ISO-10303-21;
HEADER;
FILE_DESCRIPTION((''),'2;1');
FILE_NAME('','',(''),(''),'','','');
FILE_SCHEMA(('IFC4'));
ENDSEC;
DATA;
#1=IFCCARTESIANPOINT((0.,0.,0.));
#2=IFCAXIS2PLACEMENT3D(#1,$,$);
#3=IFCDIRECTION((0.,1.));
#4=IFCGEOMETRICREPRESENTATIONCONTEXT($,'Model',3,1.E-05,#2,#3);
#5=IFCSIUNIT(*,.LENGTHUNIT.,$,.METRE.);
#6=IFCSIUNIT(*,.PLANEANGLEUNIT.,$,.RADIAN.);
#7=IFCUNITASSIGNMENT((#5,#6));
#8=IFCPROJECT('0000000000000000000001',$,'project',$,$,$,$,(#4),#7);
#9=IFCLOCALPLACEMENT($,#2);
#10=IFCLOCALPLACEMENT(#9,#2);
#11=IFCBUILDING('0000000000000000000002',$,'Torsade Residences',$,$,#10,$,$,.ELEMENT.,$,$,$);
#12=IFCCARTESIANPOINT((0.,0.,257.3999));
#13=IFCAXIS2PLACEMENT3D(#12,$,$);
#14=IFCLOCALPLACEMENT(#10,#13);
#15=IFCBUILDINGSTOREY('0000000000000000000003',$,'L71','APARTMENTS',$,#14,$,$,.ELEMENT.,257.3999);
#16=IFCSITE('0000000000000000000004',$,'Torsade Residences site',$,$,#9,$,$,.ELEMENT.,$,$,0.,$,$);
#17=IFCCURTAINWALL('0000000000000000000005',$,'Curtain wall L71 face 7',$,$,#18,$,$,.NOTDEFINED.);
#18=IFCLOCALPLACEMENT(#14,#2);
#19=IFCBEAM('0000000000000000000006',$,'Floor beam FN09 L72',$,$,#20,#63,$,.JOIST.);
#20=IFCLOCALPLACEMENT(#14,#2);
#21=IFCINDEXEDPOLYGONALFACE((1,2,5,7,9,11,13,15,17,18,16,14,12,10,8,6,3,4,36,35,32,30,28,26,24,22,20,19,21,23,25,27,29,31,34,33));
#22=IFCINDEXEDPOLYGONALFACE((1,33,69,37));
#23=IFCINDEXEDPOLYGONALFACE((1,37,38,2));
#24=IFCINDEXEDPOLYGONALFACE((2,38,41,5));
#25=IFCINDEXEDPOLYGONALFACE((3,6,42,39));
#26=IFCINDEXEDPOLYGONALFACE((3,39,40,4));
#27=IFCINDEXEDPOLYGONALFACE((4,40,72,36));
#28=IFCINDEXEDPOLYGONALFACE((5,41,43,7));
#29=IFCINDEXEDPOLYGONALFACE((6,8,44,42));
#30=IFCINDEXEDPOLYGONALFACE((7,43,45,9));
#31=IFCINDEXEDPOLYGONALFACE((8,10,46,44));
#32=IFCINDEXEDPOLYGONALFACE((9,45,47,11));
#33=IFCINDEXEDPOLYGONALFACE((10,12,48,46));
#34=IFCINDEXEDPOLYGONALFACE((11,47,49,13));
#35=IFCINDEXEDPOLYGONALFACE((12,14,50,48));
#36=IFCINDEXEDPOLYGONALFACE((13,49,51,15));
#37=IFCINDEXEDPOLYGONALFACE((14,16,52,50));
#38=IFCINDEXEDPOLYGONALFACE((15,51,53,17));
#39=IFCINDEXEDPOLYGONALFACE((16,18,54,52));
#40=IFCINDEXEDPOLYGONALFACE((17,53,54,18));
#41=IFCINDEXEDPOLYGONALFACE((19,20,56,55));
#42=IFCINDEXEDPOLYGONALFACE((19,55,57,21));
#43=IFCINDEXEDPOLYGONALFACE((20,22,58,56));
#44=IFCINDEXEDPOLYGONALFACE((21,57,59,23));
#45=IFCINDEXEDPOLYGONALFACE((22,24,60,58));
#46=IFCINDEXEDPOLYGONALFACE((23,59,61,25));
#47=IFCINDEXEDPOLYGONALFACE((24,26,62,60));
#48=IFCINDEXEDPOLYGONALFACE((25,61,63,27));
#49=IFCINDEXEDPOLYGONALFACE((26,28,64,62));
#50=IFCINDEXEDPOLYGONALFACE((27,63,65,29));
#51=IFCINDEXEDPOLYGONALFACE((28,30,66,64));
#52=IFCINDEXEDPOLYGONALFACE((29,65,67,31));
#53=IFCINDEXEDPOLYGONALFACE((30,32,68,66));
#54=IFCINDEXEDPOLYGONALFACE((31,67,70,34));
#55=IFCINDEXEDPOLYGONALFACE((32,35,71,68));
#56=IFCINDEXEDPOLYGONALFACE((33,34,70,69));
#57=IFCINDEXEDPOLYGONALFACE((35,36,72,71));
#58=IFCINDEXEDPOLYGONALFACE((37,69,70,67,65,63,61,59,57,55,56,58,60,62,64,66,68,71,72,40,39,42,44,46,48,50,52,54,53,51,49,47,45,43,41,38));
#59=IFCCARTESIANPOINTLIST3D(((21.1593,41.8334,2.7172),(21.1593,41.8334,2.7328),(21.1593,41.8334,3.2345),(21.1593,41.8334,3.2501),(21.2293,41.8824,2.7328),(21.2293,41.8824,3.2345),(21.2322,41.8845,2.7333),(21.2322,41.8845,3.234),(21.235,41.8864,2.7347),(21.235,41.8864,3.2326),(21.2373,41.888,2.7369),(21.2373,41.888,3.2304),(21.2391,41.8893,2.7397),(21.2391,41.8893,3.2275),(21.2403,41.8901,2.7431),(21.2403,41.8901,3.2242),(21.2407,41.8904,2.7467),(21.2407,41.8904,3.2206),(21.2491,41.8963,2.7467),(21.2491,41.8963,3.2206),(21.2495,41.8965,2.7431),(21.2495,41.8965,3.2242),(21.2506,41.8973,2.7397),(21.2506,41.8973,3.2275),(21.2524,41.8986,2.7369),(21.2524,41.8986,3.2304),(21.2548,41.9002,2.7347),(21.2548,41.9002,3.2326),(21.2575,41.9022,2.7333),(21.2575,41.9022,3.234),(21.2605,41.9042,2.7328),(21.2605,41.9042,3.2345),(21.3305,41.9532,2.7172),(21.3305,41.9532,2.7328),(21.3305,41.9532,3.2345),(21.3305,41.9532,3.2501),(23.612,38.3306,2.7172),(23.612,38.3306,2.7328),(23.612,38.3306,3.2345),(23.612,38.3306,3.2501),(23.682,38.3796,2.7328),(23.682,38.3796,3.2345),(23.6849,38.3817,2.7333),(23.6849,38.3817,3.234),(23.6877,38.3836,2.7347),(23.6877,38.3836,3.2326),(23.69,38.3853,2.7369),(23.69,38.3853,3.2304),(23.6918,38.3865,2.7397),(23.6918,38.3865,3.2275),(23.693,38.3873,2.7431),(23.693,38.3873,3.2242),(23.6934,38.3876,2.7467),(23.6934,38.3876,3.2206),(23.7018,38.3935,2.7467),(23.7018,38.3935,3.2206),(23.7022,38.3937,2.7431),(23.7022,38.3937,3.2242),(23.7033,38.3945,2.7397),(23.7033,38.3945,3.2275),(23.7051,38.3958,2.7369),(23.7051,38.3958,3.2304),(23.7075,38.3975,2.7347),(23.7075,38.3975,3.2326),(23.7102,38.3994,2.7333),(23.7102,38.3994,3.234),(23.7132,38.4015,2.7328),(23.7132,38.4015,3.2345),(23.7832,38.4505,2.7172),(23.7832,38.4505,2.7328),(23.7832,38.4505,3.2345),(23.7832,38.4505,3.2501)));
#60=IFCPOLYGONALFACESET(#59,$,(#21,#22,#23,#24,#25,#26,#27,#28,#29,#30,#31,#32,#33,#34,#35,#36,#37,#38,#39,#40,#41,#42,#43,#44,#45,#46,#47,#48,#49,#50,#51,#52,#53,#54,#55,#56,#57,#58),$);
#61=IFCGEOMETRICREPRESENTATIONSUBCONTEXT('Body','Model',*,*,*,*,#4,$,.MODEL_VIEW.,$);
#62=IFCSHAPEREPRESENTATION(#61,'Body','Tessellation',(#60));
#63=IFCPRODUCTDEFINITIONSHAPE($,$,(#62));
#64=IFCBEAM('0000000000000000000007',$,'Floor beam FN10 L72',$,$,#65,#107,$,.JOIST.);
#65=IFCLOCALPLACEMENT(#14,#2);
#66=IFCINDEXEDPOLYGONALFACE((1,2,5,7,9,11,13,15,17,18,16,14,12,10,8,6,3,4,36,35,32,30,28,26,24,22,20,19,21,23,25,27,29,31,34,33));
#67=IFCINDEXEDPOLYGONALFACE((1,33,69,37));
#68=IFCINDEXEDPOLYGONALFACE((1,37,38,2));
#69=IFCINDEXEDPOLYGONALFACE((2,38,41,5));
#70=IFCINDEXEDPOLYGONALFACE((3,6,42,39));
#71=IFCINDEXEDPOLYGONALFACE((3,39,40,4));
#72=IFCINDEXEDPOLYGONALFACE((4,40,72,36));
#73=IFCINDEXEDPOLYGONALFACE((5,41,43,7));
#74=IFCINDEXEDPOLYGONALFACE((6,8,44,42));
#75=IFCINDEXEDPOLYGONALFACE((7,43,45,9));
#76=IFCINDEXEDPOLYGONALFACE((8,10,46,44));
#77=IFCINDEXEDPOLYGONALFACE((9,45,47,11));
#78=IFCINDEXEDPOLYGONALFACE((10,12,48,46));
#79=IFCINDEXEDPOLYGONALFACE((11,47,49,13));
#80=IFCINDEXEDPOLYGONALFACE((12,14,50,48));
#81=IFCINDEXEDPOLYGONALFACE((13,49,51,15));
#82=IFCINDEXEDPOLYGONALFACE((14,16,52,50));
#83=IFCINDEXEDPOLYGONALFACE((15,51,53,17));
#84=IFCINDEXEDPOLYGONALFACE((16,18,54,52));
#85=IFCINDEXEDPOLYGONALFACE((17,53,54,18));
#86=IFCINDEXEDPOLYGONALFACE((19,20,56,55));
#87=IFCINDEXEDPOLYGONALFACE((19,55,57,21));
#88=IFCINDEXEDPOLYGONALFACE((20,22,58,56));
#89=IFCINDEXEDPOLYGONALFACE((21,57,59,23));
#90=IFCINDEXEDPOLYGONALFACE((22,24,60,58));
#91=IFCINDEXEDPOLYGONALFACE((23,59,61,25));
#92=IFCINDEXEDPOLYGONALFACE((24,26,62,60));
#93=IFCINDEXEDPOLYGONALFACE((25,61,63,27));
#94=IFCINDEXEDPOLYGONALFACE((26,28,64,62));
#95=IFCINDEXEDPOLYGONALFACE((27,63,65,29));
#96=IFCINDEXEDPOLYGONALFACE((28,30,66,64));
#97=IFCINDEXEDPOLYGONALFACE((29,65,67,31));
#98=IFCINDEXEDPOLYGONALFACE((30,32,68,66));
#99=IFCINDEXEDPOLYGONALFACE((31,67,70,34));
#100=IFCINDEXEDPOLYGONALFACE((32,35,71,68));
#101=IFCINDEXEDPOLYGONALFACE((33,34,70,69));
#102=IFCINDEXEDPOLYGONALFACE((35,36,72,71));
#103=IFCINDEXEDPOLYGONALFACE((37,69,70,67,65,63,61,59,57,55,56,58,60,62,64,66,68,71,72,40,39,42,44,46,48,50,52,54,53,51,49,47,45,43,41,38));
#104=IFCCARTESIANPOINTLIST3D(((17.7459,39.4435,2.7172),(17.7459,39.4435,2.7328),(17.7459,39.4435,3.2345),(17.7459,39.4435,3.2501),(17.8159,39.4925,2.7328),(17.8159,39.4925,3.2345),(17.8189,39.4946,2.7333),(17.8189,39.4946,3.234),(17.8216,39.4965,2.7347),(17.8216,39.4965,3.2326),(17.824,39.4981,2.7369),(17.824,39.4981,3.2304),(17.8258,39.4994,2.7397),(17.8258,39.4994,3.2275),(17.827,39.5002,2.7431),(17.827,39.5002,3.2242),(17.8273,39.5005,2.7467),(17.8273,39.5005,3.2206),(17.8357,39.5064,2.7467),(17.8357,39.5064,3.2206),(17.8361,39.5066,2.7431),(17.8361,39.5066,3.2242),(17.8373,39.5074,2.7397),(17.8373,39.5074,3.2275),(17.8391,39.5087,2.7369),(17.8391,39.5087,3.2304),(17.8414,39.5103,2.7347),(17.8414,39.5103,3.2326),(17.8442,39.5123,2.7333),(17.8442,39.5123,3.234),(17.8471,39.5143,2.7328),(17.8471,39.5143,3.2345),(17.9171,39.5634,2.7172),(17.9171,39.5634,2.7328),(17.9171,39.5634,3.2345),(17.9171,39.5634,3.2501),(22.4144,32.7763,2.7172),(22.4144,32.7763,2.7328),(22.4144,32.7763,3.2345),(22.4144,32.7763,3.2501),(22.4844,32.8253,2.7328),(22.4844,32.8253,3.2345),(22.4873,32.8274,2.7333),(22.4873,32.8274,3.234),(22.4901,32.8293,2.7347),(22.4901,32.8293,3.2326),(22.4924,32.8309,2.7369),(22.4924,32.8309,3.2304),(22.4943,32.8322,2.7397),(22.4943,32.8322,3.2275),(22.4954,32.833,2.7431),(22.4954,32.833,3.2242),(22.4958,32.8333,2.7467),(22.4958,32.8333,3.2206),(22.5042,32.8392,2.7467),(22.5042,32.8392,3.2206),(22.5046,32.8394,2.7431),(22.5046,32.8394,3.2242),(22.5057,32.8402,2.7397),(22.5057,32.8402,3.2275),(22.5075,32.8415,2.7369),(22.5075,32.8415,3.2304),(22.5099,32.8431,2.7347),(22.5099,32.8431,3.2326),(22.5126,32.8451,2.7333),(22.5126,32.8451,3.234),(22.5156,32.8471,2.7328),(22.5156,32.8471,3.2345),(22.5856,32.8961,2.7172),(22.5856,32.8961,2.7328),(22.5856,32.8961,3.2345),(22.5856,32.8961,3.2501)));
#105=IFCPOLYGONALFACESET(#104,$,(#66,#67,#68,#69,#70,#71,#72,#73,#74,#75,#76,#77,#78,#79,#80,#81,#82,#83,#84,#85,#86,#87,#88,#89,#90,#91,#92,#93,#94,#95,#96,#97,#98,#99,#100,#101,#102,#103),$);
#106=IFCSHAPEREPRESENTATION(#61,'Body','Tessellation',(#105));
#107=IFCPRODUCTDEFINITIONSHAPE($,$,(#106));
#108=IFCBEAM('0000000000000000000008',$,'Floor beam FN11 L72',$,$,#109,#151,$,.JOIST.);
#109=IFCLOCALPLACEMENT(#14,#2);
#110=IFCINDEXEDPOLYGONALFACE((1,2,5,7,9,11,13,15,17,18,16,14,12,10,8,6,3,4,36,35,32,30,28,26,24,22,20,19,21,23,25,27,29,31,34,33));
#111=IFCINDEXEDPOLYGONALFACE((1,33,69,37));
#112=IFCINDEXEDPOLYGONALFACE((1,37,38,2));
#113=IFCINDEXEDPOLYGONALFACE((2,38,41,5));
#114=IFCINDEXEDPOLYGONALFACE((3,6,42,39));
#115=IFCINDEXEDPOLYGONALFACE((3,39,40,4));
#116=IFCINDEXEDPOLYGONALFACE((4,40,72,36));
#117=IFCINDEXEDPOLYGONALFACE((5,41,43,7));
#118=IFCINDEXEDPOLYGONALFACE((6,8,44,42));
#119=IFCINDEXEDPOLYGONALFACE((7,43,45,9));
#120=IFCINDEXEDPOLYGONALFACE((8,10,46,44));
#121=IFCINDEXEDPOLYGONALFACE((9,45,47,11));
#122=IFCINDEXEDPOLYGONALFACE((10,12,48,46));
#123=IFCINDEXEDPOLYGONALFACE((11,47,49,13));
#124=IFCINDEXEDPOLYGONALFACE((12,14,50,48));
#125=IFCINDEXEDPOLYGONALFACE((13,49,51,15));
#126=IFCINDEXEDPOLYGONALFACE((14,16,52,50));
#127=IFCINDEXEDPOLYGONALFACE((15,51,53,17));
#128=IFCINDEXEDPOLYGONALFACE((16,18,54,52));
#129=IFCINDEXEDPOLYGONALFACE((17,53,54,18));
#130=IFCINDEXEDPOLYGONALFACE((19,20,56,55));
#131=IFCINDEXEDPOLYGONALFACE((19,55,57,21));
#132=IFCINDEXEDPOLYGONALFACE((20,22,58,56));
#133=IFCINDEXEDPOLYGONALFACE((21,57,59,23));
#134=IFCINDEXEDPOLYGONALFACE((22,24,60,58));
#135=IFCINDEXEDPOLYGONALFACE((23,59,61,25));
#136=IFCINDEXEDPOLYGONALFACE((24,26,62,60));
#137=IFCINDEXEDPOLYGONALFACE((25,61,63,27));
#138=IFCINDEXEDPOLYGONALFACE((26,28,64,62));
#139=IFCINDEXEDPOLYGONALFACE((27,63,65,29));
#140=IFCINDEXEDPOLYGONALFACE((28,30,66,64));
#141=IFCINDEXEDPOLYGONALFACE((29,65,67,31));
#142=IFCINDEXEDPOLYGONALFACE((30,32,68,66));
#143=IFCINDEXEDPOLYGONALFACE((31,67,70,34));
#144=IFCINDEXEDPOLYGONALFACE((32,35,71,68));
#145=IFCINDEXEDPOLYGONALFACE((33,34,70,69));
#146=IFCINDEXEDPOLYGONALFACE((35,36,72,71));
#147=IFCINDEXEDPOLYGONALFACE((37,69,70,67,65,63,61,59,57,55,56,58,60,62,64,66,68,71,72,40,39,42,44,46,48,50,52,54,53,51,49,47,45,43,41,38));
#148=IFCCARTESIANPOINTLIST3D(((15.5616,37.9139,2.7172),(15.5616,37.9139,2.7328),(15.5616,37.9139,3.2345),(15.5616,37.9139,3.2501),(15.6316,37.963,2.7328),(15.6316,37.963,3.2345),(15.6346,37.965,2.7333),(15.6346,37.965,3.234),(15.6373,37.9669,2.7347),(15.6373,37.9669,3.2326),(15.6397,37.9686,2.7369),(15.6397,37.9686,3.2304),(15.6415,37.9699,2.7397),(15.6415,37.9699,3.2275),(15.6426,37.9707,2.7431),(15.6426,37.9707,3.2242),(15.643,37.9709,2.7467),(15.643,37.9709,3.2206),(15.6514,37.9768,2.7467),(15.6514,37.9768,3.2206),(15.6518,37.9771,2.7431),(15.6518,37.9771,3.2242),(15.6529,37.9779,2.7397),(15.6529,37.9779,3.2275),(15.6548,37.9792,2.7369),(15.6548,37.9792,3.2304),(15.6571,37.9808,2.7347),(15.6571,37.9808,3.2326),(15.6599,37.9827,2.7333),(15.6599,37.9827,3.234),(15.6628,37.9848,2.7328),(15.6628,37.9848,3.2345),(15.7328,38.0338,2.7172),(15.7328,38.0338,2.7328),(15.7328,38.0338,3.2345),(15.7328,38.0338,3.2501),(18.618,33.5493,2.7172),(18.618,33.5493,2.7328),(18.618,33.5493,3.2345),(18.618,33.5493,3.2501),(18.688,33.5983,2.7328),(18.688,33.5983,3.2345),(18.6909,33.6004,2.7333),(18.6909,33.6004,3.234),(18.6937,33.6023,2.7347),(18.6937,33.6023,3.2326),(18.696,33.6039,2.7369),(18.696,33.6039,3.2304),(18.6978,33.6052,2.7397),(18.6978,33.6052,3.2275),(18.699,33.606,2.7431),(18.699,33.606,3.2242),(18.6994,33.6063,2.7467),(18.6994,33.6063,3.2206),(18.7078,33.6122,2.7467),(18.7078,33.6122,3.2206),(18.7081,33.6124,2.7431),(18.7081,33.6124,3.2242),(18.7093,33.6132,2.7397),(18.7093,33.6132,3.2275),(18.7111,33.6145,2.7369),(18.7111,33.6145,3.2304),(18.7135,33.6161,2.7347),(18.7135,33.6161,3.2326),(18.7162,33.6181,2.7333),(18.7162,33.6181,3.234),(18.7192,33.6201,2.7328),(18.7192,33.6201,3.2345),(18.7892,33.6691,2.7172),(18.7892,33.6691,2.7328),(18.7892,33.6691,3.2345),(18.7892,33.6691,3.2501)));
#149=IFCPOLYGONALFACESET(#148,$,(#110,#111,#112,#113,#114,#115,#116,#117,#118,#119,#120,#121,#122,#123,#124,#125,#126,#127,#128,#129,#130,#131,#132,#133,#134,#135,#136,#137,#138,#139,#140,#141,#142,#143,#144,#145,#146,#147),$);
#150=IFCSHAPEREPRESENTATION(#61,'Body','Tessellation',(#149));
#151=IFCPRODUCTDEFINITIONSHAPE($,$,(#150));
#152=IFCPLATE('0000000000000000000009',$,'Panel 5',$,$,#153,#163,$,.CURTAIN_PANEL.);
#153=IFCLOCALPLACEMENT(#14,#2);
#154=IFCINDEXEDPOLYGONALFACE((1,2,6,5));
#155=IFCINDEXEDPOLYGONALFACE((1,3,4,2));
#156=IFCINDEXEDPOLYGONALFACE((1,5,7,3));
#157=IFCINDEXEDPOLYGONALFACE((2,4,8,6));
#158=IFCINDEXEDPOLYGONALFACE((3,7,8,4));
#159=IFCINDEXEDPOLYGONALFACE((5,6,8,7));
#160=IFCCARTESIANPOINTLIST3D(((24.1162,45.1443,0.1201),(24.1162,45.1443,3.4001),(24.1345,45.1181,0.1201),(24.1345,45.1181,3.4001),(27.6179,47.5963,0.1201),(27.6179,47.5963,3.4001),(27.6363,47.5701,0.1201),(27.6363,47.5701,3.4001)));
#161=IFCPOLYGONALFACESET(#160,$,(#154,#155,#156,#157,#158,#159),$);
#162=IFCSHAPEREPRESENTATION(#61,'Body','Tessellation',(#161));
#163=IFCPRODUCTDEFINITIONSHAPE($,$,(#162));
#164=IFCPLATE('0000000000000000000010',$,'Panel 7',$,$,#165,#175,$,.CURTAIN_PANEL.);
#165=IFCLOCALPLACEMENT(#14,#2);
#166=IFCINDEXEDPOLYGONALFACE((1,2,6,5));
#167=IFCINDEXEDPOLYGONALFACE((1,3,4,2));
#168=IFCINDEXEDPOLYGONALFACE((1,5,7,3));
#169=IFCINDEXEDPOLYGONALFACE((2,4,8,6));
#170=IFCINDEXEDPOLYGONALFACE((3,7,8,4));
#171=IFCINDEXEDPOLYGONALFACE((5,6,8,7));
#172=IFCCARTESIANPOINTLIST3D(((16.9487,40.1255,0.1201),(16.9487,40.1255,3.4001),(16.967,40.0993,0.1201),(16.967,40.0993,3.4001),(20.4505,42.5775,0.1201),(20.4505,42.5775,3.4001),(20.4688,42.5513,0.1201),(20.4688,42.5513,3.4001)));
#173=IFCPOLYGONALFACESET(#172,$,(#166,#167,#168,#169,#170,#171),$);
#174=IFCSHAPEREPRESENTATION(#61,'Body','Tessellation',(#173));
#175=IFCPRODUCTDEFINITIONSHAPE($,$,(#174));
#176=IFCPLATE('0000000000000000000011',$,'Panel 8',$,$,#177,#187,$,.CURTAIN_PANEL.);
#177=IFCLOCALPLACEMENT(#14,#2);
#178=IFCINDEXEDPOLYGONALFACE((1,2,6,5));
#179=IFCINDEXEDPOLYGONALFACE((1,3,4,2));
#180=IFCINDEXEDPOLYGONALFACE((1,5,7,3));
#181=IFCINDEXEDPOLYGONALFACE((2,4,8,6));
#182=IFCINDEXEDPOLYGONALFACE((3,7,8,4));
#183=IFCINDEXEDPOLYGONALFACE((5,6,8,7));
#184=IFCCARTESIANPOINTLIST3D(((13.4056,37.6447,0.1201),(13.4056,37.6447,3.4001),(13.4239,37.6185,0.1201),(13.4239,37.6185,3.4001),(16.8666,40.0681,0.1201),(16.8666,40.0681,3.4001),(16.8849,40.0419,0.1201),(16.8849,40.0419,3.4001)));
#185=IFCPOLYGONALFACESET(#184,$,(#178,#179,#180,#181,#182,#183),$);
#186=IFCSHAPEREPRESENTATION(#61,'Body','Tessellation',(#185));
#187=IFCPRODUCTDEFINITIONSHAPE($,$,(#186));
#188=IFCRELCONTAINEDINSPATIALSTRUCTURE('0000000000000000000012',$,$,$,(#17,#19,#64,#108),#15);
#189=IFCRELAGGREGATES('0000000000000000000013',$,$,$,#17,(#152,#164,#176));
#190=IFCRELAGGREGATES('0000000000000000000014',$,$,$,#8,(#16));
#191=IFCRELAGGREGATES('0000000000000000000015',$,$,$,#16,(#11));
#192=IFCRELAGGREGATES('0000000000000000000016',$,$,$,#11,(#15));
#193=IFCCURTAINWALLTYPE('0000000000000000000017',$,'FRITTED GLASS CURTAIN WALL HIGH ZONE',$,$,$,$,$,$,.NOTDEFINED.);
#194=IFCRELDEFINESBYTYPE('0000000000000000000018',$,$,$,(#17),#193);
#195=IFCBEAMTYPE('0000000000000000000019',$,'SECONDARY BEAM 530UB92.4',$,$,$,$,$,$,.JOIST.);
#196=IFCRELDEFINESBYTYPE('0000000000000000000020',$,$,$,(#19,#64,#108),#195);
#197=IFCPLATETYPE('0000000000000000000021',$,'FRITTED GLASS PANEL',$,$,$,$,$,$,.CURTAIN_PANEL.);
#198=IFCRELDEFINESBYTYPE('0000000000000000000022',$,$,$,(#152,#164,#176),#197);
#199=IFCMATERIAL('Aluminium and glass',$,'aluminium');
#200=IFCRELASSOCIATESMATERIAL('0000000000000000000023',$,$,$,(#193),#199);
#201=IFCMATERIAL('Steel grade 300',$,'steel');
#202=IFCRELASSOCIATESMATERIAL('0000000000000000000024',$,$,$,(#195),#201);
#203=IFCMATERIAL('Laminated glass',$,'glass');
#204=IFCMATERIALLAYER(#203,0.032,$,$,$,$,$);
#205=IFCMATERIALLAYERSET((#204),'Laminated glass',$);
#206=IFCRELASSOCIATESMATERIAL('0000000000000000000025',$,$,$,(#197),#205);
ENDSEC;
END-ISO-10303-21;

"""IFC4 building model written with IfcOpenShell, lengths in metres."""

from ifc_helpers import new_model, si_unit, direction, frame, origin, origin_2d, place, context, subcontext, project, spatial, rectangle, i_section, extrude, material, layer, layer_set, material_profile, profile_set, type_object, element, aggregate, save


model = new_model("IFC4")

# Units and contexts
model_context = context("Model", 3, precision=1e-05, world=origin(), true_north=direction((0.0, 1.0)))
body_context = subcontext(model_context, "Body", "Model", "MODEL_VIEW")
ifc_project = project(units=[si_unit("LENGTHUNIT", "METRE"), si_unit("PLANEANGLEUNIT", "RADIAN")], contexts=[model_context])

# Site, building, storey
site_placement = place(None, origin())
site = spatial("IfcSite", under=ifc_project, at=site_placement, Name="Torsade Residences site", CompositionType="ELEMENT", RefElevation=0.0)
building_placement = place(site_placement, origin())
building = spatial("IfcBuilding", under=site, at=building_placement, Name="Torsade Residences", CompositionType="ELEMENT")
storey_placement = place(building_placement, frame((0.0, 0.0, 257.3999)))
storey = spatial("IfcBuildingStorey", under=building, at=storey_placement, Name="L71", Description="APARTMENTS", CompositionType="ELEMENT", Elevation=257.3999)

# Curtain wall
ifc_material_1 = material(Name="Aluminium and glass", Category="aluminium")
curtain_wall_type = type_object("IfcCurtainWallType", Name="FRITTED GLASS CURTAIN WALL HIGH ZONE", PredefinedType="NOTDEFINED", material=ifc_material_1)
curtain_wall_placement = place(storey_placement, origin())
curtain_wall = element("IfcCurtainWall", 1, at=curtain_wall_placement, inside=storey, type_object=curtain_wall_type, Name="Curtain wall L71 face 7", PredefinedType="NOTDEFINED")

# Beams
ifc_material_2 = material(Name="Steel grade 300", Category="steel")
ifc_material_profile_1 = material_profile(ifc_material_2, i_section(OverallWidth=0.209, OverallDepth=0.533, WebThickness=0.0103, FlangeThickness=0.0156, FilletRadius=0.0139, at=origin_2d()), Name="530UB92.4")
ifc_profile_set_1 = profile_set([ifc_material_profile_1], Name="Steel grade 300")
beam_type_1 = type_object("IfcBeamType", Name="SECONDARY BEAM 530UB92.4", PredefinedType="JOIST", material=ifc_profile_set_1)
beam_1_placement = place(storey_placement, frame((21.2449, 41.8933, 2.9836), z_axis=(0.573581, -0.819149, 0.0), x_axis=(0.819149, 0.573581, 0.0)))
element("IfcBeam", 2, at=beam_1_placement, inside=storey, type_object=beam_type_1, Name="Floor beam FN09 L72", PredefinedType="JOIST", context=body_context, shape_type="SweptSolid", body=[
    extrude(i_section(OverallWidth=0.209, OverallDepth=0.533, WebThickness=0.0103, FlangeThickness=0.0156, FilletRadius=0.0139, at=origin_2d()), origin(), (0.0, 0.0, 1.0), 4.2761),
])
beam_2_placement = place(storey_placement, frame((17.8315, 39.5034, 2.9836), z_axis=(0.573577, -0.819152, 0.0), x_axis=(0.819152, 0.573577, 0.0)))
element("IfcBeam", 3, at=beam_2_placement, inside=storey, type_object=beam_type_1, Name="Floor beam FN10 L72", PredefinedType="JOIST", context=body_context, shape_type="SweptSolid", body=[
    extrude(i_section(OverallWidth=0.209, OverallDepth=0.533, WebThickness=0.0103, FlangeThickness=0.0156, FilletRadius=0.0139, at=origin_2d()), origin(), (0.0, 0.0, 1.0), 8.1392),
])
beam_3_placement = place(storey_placement, frame((15.6472, 37.9739, 2.9836), z_axis=(0.573598, -0.819137, 0.0), x_axis=(0.819137, 0.573598, 0.0)))
element("IfcBeam", 4, at=beam_3_placement, inside=storey, type_object=beam_type_1, Name="Floor beam FN11 L72", PredefinedType="JOIST", context=body_context, shape_type="SweptSolid", body=[
    extrude(i_section(OverallWidth=0.209, OverallDepth=0.533, WebThickness=0.0103, FlangeThickness=0.0156, FilletRadius=0.0139, at=origin_2d()), origin(), (0.0, 0.0, 1.0), 5.3284),
])

# Plates
ifc_material_3 = material(Name="Laminated glass", Category="glass")
ifc_layer_1 = layer(ifc_material_3, 0.032)
ifc_layer_set_1 = layer_set([ifc_layer_1], Name="Laminated glass")
plate_type_1 = type_object("IfcPlateType", Name="FRITTED GLASS PANEL", PredefinedType="CURTAIN_PANEL", material=ifc_layer_set_1)
plate_1_placement = place(storey_placement, frame((25.8762, 46.3572, 0.1201), z_axis=(0.0, 0.0, 1.0), x_axis=(-0.819152, -0.573576, 0.0)))
plate_1 = element("IfcPlate", 5, at=plate_1_placement, type_object=plate_type_1, Name="Panel 5", PredefinedType="CURTAIN_PANEL", context=body_context, shape_type="SweptSolid", body=[
    extrude(rectangle(XDim=4.2749, YDim=0.032, at=origin_2d()), origin(), (0.0, 0.0, 1.0), 3.28),
])
plate_2_placement = place(storey_placement, frame((18.7087, 41.3384, 0.1201), z_axis=(0.0, 0.0, 1.0), x_axis=(-0.819152, -0.573576, 0.0)))
plate_2 = element("IfcPlate", 6, at=plate_2_placement, type_object=plate_type_1, Name="Panel 7", PredefinedType="CURTAIN_PANEL", context=body_context, shape_type="SweptSolid", body=[
    extrude(rectangle(XDim=4.2749, YDim=0.032, at=origin_2d()), origin(), (0.0, 0.0, 1.0), 3.28),
])
plate_3_placement = place(storey_placement, frame((15.1453, 38.8433, 0.1201), z_axis=(0.0, 0.0, 1.0), x_axis=(-0.819152, -0.573576, 0.0)))
plate_3 = element("IfcPlate", 7, at=plate_3_placement, type_object=plate_type_1, Name="Panel 8", PredefinedType="CURTAIN_PANEL", context=body_context, shape_type="SweptSolid", body=[
    extrude(rectangle(XDim=4.2251, YDim=0.032, at=origin_2d()), origin(), (0.0, 0.0, 1.0), 3.28),
])
aggregate(curtain_wall, [plate_1, plate_2, plate_3])

save(model, "model.ifc")
